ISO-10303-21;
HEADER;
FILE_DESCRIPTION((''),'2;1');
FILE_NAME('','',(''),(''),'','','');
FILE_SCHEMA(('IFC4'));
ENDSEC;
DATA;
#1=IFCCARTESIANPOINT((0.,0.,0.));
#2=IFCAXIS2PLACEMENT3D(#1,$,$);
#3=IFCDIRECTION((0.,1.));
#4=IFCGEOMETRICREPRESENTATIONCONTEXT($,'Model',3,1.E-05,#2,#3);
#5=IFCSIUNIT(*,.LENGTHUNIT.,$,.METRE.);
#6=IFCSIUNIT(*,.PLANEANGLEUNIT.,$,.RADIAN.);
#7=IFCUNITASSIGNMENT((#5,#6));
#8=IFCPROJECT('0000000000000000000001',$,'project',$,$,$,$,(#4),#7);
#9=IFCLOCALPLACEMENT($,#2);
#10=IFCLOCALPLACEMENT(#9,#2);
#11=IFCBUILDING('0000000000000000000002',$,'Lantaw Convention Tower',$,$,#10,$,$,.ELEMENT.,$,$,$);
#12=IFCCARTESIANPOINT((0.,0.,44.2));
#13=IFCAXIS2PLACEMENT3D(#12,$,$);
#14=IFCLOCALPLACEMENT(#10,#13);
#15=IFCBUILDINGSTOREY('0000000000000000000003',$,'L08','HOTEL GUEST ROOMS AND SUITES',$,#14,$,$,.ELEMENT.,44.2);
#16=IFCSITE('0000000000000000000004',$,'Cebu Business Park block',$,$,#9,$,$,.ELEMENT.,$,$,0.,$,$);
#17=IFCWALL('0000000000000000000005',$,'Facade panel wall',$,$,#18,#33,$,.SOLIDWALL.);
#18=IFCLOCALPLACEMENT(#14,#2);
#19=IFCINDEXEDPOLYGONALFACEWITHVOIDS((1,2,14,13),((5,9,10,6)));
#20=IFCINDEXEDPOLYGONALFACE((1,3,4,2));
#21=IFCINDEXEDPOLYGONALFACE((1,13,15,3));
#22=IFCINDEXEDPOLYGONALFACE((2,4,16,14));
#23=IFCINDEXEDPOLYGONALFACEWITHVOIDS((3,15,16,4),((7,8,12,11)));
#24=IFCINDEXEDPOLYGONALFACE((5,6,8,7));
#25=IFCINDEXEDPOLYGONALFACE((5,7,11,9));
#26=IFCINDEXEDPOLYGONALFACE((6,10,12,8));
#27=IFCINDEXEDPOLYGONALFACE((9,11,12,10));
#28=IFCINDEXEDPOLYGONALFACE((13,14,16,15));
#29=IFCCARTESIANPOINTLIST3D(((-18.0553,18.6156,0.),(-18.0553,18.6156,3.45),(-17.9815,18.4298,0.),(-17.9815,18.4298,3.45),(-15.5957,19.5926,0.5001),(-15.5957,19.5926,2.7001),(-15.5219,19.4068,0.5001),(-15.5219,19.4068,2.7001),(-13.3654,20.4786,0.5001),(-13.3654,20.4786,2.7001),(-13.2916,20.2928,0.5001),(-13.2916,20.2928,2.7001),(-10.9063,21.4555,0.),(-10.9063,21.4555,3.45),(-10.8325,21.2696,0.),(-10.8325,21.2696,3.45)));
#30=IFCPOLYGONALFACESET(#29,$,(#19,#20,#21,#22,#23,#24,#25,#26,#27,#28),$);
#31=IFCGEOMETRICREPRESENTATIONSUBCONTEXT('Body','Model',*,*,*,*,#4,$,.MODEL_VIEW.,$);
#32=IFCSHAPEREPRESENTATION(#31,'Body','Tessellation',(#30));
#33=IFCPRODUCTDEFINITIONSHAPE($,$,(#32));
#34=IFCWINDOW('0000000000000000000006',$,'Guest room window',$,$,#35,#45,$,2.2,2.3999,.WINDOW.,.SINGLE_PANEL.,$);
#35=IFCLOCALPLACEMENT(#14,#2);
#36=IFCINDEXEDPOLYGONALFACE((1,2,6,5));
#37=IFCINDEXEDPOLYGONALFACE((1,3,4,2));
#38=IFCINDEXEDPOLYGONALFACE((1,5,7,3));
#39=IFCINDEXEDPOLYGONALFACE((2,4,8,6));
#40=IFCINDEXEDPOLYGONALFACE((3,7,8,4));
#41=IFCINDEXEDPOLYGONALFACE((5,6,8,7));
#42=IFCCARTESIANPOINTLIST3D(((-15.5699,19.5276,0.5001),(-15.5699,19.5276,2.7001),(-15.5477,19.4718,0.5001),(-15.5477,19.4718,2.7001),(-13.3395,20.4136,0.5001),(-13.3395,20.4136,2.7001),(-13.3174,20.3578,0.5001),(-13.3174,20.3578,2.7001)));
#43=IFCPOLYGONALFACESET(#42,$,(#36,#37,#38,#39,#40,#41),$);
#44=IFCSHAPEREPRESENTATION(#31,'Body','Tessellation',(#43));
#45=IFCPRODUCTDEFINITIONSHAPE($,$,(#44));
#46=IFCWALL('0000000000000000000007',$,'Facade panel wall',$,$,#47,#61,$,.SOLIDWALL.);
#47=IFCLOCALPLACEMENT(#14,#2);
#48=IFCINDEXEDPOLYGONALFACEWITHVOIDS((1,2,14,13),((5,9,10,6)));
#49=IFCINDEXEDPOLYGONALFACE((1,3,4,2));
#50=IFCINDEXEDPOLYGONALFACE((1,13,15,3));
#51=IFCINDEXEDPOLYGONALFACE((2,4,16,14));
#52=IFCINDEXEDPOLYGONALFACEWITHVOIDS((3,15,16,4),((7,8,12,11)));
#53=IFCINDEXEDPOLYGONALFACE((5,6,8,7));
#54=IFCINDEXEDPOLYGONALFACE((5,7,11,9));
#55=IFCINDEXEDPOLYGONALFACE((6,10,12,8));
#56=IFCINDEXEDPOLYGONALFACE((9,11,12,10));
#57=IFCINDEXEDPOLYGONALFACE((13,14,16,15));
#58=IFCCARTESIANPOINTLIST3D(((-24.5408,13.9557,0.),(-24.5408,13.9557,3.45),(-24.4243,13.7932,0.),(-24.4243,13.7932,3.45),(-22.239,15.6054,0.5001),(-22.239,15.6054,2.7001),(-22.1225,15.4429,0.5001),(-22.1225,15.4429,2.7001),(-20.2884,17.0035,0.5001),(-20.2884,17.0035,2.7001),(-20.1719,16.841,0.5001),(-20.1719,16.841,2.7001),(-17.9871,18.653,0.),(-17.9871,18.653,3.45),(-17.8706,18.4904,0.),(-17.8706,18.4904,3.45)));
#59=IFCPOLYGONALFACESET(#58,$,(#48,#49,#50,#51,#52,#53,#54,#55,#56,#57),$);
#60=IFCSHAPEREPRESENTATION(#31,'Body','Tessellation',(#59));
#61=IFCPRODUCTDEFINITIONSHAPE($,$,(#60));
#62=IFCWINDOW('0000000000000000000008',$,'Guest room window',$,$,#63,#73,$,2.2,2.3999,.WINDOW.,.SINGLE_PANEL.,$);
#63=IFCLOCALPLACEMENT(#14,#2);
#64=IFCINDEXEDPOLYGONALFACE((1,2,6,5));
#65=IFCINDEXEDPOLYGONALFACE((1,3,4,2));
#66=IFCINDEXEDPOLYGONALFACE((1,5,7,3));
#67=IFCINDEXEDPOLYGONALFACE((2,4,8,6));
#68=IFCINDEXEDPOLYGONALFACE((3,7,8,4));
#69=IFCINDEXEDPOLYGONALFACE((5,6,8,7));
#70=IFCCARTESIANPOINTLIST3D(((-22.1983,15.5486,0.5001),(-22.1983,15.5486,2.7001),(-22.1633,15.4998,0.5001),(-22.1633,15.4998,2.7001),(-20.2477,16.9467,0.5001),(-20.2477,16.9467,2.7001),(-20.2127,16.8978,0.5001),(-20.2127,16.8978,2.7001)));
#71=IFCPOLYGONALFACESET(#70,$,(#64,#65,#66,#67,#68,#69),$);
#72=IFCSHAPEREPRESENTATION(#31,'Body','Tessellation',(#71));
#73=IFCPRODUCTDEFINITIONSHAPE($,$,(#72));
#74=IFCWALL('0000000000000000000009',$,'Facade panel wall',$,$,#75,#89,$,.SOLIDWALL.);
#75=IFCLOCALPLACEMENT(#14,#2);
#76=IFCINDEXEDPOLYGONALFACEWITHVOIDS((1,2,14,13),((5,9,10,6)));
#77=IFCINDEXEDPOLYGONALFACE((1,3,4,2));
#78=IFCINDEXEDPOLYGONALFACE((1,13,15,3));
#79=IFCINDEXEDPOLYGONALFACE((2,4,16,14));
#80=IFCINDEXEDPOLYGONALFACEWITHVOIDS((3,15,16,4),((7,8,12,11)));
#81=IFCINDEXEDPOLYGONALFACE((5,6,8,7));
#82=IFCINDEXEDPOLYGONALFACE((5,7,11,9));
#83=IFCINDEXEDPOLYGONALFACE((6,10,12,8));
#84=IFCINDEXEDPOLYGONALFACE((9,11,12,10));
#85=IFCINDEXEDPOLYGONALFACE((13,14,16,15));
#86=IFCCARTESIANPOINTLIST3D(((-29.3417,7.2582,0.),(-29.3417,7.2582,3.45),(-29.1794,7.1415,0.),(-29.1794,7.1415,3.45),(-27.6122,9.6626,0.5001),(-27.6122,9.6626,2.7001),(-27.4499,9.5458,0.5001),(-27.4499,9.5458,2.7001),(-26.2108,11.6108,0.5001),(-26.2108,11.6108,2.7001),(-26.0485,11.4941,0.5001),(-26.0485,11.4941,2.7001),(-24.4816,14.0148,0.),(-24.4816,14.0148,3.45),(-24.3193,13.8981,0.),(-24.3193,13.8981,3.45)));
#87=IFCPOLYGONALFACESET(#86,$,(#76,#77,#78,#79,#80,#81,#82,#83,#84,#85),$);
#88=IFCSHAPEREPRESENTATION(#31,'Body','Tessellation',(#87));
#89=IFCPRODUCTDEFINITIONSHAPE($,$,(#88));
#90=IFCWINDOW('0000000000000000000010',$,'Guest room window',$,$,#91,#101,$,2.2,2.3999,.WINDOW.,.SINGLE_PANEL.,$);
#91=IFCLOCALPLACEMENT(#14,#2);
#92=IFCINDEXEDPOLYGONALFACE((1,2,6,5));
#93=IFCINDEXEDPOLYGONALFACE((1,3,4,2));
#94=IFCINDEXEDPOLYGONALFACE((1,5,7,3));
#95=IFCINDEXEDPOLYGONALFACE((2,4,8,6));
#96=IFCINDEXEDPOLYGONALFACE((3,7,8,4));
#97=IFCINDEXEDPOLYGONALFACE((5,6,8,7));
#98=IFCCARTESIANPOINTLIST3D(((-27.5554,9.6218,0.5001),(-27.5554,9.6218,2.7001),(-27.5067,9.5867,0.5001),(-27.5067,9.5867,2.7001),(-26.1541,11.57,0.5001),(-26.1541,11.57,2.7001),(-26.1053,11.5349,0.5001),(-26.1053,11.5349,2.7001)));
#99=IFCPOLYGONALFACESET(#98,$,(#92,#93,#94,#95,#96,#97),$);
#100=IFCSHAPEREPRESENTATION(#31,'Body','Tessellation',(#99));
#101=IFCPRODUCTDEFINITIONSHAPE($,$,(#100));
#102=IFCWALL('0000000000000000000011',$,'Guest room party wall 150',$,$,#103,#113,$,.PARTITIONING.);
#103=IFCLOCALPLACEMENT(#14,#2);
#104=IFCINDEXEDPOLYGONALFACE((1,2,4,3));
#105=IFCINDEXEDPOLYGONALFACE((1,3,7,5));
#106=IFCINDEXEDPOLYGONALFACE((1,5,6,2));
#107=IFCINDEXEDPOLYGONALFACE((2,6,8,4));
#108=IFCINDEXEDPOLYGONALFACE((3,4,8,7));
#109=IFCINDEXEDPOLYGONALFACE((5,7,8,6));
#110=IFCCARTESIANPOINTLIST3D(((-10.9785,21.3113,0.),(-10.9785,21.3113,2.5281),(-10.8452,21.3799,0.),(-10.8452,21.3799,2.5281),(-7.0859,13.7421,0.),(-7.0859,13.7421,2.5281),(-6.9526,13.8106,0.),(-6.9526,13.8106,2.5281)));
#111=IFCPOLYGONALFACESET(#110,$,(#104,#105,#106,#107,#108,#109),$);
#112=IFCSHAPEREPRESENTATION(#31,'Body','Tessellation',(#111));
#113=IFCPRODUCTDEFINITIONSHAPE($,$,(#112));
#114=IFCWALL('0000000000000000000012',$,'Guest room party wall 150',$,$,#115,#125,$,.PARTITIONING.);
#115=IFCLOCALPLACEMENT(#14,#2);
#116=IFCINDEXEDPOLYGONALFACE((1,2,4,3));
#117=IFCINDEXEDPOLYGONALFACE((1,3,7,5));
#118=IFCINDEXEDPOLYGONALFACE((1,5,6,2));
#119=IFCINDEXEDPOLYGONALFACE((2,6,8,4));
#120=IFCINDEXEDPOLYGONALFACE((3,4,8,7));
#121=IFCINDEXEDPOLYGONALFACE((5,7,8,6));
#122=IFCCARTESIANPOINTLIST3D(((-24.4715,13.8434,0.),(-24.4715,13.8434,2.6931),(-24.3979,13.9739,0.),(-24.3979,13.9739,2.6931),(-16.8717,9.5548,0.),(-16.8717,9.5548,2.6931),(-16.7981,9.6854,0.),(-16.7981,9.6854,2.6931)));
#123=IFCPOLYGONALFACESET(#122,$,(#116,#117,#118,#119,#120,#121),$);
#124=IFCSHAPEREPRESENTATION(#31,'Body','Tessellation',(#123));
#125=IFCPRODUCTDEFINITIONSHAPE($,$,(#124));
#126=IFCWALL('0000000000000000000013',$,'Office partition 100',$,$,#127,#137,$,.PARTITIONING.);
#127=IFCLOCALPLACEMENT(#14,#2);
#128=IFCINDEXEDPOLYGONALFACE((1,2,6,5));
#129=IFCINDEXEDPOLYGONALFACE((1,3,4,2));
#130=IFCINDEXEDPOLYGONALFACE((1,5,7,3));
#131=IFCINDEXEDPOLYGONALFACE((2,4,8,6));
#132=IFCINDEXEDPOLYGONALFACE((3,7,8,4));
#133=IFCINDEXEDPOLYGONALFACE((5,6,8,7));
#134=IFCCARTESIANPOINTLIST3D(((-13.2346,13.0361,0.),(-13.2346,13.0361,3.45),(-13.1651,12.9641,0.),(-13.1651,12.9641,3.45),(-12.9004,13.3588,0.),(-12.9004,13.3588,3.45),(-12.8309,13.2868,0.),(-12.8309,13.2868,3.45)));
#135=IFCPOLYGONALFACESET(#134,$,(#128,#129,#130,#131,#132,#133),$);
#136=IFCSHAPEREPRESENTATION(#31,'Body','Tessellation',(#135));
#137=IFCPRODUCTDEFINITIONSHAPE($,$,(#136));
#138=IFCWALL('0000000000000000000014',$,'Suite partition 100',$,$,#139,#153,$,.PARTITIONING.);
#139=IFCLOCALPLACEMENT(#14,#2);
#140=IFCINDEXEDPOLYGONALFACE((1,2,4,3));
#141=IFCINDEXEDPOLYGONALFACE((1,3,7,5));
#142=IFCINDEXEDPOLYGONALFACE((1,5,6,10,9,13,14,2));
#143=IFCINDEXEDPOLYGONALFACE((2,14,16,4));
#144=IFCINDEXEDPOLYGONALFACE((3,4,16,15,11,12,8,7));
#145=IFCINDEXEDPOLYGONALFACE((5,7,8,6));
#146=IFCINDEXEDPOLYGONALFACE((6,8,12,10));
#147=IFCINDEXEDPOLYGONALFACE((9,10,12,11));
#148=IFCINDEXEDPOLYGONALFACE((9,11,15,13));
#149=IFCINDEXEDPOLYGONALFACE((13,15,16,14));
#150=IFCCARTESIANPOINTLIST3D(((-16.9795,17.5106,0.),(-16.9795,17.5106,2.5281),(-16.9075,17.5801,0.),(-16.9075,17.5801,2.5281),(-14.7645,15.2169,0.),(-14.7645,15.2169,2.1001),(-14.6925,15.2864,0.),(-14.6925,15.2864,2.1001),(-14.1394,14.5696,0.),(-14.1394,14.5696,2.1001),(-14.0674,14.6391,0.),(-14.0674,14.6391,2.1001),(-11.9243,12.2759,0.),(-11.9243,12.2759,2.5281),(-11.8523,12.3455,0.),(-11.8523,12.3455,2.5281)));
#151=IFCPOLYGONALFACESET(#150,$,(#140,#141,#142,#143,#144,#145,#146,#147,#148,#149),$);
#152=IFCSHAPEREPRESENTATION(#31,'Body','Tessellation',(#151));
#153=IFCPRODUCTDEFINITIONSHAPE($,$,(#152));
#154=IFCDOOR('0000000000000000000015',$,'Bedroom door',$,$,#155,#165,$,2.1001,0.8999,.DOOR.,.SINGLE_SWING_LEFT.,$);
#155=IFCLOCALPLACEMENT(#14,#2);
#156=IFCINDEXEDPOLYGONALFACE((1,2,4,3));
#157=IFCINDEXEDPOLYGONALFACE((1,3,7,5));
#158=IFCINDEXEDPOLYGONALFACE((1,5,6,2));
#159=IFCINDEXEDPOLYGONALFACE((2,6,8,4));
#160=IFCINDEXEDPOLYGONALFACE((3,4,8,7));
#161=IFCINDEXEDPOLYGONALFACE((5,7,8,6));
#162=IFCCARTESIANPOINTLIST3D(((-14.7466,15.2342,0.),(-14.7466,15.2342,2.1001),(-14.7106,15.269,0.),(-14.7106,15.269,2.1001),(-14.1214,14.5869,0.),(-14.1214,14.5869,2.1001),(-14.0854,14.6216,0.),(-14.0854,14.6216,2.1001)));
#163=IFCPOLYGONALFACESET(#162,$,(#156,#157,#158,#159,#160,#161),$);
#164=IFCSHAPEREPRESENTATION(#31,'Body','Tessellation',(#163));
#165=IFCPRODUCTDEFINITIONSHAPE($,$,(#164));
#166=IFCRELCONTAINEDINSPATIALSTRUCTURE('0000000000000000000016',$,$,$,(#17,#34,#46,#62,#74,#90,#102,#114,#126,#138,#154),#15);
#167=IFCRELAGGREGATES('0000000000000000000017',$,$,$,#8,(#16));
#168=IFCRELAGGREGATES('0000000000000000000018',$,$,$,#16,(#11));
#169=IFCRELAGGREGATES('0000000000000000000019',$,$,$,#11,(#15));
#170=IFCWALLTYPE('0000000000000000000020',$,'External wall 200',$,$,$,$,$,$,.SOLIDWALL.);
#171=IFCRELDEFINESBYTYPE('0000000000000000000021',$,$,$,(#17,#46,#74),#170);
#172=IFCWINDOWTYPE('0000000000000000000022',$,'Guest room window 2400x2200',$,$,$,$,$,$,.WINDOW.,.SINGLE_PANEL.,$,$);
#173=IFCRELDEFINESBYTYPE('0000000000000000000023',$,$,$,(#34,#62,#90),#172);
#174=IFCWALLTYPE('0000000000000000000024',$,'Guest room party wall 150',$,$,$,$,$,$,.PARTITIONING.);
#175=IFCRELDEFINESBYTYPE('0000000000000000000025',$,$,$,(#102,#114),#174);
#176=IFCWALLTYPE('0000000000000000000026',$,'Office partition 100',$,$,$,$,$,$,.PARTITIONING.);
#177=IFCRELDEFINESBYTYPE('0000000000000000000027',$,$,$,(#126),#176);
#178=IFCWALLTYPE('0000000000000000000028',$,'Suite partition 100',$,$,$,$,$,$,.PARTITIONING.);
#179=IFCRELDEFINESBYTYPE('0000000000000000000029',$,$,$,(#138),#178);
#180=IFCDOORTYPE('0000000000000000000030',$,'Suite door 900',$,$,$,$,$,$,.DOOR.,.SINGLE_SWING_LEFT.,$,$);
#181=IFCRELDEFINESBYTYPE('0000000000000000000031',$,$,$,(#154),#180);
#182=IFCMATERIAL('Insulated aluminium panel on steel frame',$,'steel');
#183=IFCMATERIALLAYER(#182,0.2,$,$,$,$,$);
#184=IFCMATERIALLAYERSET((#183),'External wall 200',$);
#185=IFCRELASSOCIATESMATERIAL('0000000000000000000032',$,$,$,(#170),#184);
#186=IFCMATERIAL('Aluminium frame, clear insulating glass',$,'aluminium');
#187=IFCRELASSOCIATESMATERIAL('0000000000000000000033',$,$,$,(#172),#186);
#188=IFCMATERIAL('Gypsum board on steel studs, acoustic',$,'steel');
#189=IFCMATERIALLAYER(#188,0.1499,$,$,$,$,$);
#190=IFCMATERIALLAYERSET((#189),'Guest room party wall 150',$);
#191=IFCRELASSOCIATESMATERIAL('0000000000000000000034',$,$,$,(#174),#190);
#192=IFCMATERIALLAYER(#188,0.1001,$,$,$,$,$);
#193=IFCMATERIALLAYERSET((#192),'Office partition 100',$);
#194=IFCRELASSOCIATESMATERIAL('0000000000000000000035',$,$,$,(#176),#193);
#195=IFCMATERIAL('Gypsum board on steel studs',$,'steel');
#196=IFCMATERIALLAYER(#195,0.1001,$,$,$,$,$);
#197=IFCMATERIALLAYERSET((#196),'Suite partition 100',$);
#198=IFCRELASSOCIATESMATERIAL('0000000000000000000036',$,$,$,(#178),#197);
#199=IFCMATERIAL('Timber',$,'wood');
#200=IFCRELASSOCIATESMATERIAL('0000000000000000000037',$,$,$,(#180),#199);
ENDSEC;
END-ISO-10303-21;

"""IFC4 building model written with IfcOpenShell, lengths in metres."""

from ifc_helpers import new_model, si_unit, direction, frame, frame_2d, origin, place, context, subcontext, project, spatial, rectangle, extrude, material, layer, layer_set, type_object, element, fill, save


model = new_model("IFC4")

# Units and contexts
model_context = context("Model", 3, precision=1e-05, world=origin(), true_north=direction((0.0, 1.0)))
body_context = subcontext(model_context, "Body", "Model", "MODEL_VIEW")
ifc_project = project(units=[si_unit("LENGTHUNIT", "METRE"), si_unit("PLANEANGLEUNIT", "RADIAN")], contexts=[model_context])

# Site, building, storey
site_placement = place(None, origin())
site = spatial("IfcSite", under=ifc_project, at=site_placement, Name="Cebu Business Park block", CompositionType="ELEMENT", RefElevation=0.0)
building_placement = place(site_placement, origin())
building = spatial("IfcBuilding", under=site, at=building_placement, Name="Lantaw Convention Tower", CompositionType="ELEMENT")
storey_placement = place(building_placement, frame((0.0, 0.0, 44.2)))
storey = spatial("IfcBuildingStorey", under=building, at=storey_placement, Name="L08", Description="HOTEL GUEST ROOMS AND SUITES", CompositionType="ELEMENT", Elevation=44.2)

# Walls, openings, windows
ifc_material_1 = material(Name="Insulated aluminium panel on steel frame", Category="steel")
ifc_layer_1 = layer(ifc_material_1, 0.2)
ifc_layer_set_1 = layer_set([ifc_layer_1], Name="External wall 200")
wall_type_1 = type_object("IfcWallType", Name="External wall 200", PredefinedType="SOLIDWALL", material=ifc_layer_set_1)
wall_1_placement = place(storey_placement, frame((-10.8694, 21.3625, 0.0), z_axis=(0.0, 0.0, 1.0), x_axis=(-0.929358, -0.369179, 0.0)))
wall_1 = element("IfcWall", 1, at=wall_1_placement, inside=storey, type_object=wall_type_1, Name="Facade panel wall", PredefinedType="SOLIDWALL", context=body_context, shape_type="SweptSolid", body=[
    extrude(rectangle(XDim=7.6924, YDim=0.2, at=frame_2d((3.8462, 0.0))), origin(), (0.0, 0.0, 1.0), 3.45),
])
opening_1_placement = place(wall_1_placement, frame((2.646, 0.0, 0.5)))
opening_1 = element("IfcOpeningElement", 2, at=opening_1_placement, cuts=wall_1, PredefinedType="OPENING", context=body_context, shape_type="SweptSolid", body=[
    extrude(rectangle(XDim=2.3999, YDim=2.2, at=frame_2d((1.2, 1.1001))), frame((0.0, 0.1099, 0.0), z_axis=(0.0, -1.0, 0.0), x_axis=(1.0, 0.0, 0.0)), (0.0, 0.0, 1.0), 0.22),
])
ifc_material_2 = material(Name="Aluminium frame, clear insulating glass", Category="aluminium")
window_type = type_object("IfcWindowType", Name="Guest room window 2400x2200", PartitioningType="SINGLE_PANEL", PredefinedType="WINDOW", material=ifc_material_2)
window_1_placement = place(opening_1_placement, origin())
window_1 = element("IfcWindow", 3, at=window_1_placement, inside=storey, type_object=window_type, Name="Guest room window", OverallHeight=2.2, OverallWidth=2.3999, PartitioningType="SINGLE_PANEL", PredefinedType="WINDOW", context=body_context, shape_type="SweptSolid", body=[
    extrude(rectangle(XDim=2.3999, YDim=2.2, at=frame_2d((1.2, 1.1001))), frame((0.0, 0.03, 0.0), z_axis=(0.0, -1.0, 0.0), x_axis=(1.0, 0.0, 0.0)), (0.0, 0.0, 1.0), 0.0601),
])
fill(opening_1, window_1)
wall_2_placement = place(storey_placement, frame((-17.9287, 18.5718, 0.0), z_axis=(0.0, 0.0, 1.0), x_axis=(-0.812791, -0.582555, 0.0)))
wall_2 = element("IfcWall", 4, at=wall_2_placement, inside=storey, type_object=wall_type_1, Name="Facade panel wall", PredefinedType="SOLIDWALL", context=body_context, shape_type="SweptSolid", body=[
    extrude(rectangle(XDim=8.0632, YDim=0.2, at=frame_2d((4.0317, 0.0))), origin(), (0.0, 0.0, 1.0), 3.45),
])
opening_2_placement = place(wall_2_placement, frame((2.8315, 0.0, 0.5)))
opening_2 = element("IfcOpeningElement", 5, at=opening_2_placement, cuts=wall_2, PredefinedType="OPENING", context=body_context, shape_type="SweptSolid", body=[
    extrude(rectangle(XDim=2.3999, YDim=2.2, at=frame_2d((1.2, 1.1001))), frame((0.0, 0.1099, 0.0), z_axis=(0.0, -1.0, 0.0), x_axis=(1.0, 0.0, 0.0)), (0.0, 0.0, 1.0), 0.22),
])
window_2_placement = place(opening_2_placement, origin())
window_2 = element("IfcWindow", 6, at=window_2_placement, inside=storey, type_object=window_type, Name="Guest room window", OverallHeight=2.2, OverallWidth=2.3999, PartitioningType="SINGLE_PANEL", PredefinedType="WINDOW", context=body_context, shape_type="SweptSolid", body=[
    extrude(rectangle(XDim=2.3999, YDim=2.2, at=frame_2d((1.2, 1.1001))), frame((0.0, 0.03, 0.0), z_axis=(0.0, -1.0, 0.0), x_axis=(1.0, 0.0, 0.0)), (0.0, 0.0, 1.0), 0.0601),
])
fill(opening_2, window_2)
wall_3_placement = place(storey_placement, frame((-24.4004, 13.9565, 0.0), z_axis=(0.0, 0.0, 1.0), x_axis=(-0.583938, -0.811799, 0.0)))
wall_3 = element("IfcWall", 7, at=wall_3_placement, inside=storey, type_object=wall_type_1, Name="Facade panel wall", PredefinedType="SOLIDWALL", context=body_context, shape_type="SweptSolid", body=[
    extrude(rectangle(XDim=8.323, YDim=0.2, at=frame_2d((4.1616, 0.0))), origin(), (0.0, 0.0, 1.0), 3.45),
])
opening_3_placement = place(wall_3_placement, frame((2.9614, 0.0, 0.5)))
opening_3 = element("IfcOpeningElement", 8, at=opening_3_placement, cuts=wall_3, PredefinedType="OPENING", context=body_context, shape_type="SweptSolid", body=[
    extrude(rectangle(XDim=2.3999, YDim=2.2, at=frame_2d((1.2, 1.1001))), frame((0.0, 0.1099, 0.0), z_axis=(0.0, -1.0, 0.0), x_axis=(1.0, 0.0, 0.0)), (0.0, 0.0, 1.0), 0.22),
])
window_3_placement = place(opening_3_placement, origin())
window_3 = element("IfcWindow", 9, at=window_3_placement, inside=storey, type_object=window_type, Name="Guest room window", OverallHeight=2.2, OverallWidth=2.3999, PartitioningType="SINGLE_PANEL", PredefinedType="WINDOW", context=body_context, shape_type="SweptSolid", body=[
    extrude(rectangle(XDim=2.3999, YDim=2.2, at=frame_2d((1.2, 1.1001))), frame((0.0, 0.03, 0.0), z_axis=(0.0, -1.0, 0.0), x_axis=(1.0, 0.0, 0.0)), (0.0, 0.0, 1.0), 0.0601),
])
fill(opening_3, window_3)

# Walls
ifc_material_3 = material(Name="Gypsum board on steel studs, acoustic", Category="steel")
ifc_layer_2 = layer(ifc_material_3, 0.1499)
ifc_layer_set_2 = layer_set([ifc_layer_2], Name="Guest room party wall 150")
wall_type_2 = type_object("IfcWallType", Name="Guest room party wall 150", PredefinedType="PARTITIONING", material=ifc_layer_set_2)
wall_4_placement = place(storey_placement, frame((-10.9119, 21.3457, 0.0), z_axis=(0.0, 0.0, 1.0), x_axis=(0.457327, -0.889298, 0.0)))
element("IfcWall", 10, at=wall_4_placement, inside=storey, type_object=wall_type_2, Name="Guest room party wall 150", PredefinedType="PARTITIONING", context=body_context, shape_type="SweptSolid", body=[
    extrude(rectangle(XDim=8.5115, YDim=0.1499, at=frame_2d((4.2559, 0.0))), origin(), (0.0, 0.0, 1.0), 2.5281),
])
wall_5_placement = place(storey_placement, frame((-24.4348, 13.9087, 0.0), z_axis=(0.0, 0.0, 1.0), x_axis=(0.870906, -0.49145, 0.0)))
element("IfcWall", 11, at=wall_5_placement, inside=storey, type_object=wall_type_2, Name="Guest room party wall 150", PredefinedType="PARTITIONING", context=body_context, shape_type="SweptSolid", body=[
    extrude(rectangle(XDim=8.7263, YDim=0.1499, at=frame_2d((4.3633, 0.0))), origin(), (0.0, 0.0, 1.0), 2.6931),
])
ifc_layer_3 = layer(ifc_material_3, 0.1001)
ifc_layer_set_3 = layer_set([ifc_layer_3], Name="Office partition 100")
wall_type_3 = type_object("IfcWallType", Name="Office partition 100", PredefinedType="PARTITIONING", material=ifc_layer_set_3)
wall_6_placement = place(storey_placement, frame((-13.2, 13.0, 0.0), z_axis=(0.0, 0.0, 1.0), x_axis=(0.719347, 0.694651, 0.0)))
element("IfcWall", 12, at=wall_6_placement, inside=storey, type_object=wall_type_3, Name="Office partition 100", PredefinedType="PARTITIONING", context=body_context, shape_type="SweptSolid", body=[
    extrude(rectangle(XDim=0.4646, YDim=0.1001, at=frame_2d((0.2324, 0.0))), origin(), (0.0, 0.0, 1.0), 3.45),
])

# Wall, opening, door
ifc_material_4 = material(Name="Gypsum board on steel studs", Category="steel")
ifc_layer_4 = layer(ifc_material_4, 0.1001)
ifc_layer_set_4 = layer_set([ifc_layer_4], Name="Suite partition 100")
wall_type_4 = type_object("IfcWallType", Name="Suite partition 100", PredefinedType="PARTITIONING", material=ifc_layer_set_4)
wall_7_placement = place(storey_placement, frame((-16.9436, 17.5454, 0.0), z_axis=(0.0, 0.0, 1.0), x_axis=(0.69467, -0.719329, 0.0)))
wall_7 = element("IfcWall", 13, at=wall_7_placement, inside=storey, type_object=wall_type_4, Name="Suite partition 100", PredefinedType="PARTITIONING", context=body_context, shape_type="SweptSolid", body=[
    extrude(rectangle(XDim=7.2771, YDim=0.1001, at=frame_2d((3.6387, 0.0))), origin(), (0.0, 0.0, 1.0), 2.5281),
])
opening_4_placement = place(wall_7_placement, frame((3.1887, 0.0, 0.0)))
opening_4 = element("IfcOpeningElement", 14, at=opening_4_placement, cuts=wall_7, PredefinedType="OPENING", context=body_context, shape_type="SweptSolid", body=[
    extrude(rectangle(XDim=0.8999, YDim=2.1001, at=frame_2d((0.45, 1.05))), frame((0.0, 0.0601, 0.0), z_axis=(0.0, -1.0, 0.0), x_axis=(1.0, 0.0, 0.0)), (0.0, 0.0, 1.0), 0.1201),
])
ifc_material_5 = material(Name="Timber", Category="wood")
door_type_1 = type_object("IfcDoorType", Name="Suite door 900", OperationType="SINGLE_SWING_LEFT", PredefinedType="DOOR", material=ifc_material_5)
door_1_placement = place(opening_4_placement, origin())
door_1 = element("IfcDoor", 15, at=door_1_placement, inside=storey, type_object=door_type_1, Name="Bedroom door", OperationType="SINGLE_SWING_LEFT", OverallHeight=2.1001, OverallWidth=0.8999, PredefinedType="DOOR", context=body_context, shape_type="SweptSolid", body=[
    extrude(rectangle(XDim=0.8999, YDim=2.1001, at=frame_2d((0.45, 1.05))), frame((0.0, 0.0249, 0.0), z_axis=(0.0, -1.0, 0.0), x_axis=(1.0, 0.0, 0.0)), (0.0, 0.0, 1.0), 0.05),
])
fill(opening_4, door_1)

save(model, "model.ifc")
